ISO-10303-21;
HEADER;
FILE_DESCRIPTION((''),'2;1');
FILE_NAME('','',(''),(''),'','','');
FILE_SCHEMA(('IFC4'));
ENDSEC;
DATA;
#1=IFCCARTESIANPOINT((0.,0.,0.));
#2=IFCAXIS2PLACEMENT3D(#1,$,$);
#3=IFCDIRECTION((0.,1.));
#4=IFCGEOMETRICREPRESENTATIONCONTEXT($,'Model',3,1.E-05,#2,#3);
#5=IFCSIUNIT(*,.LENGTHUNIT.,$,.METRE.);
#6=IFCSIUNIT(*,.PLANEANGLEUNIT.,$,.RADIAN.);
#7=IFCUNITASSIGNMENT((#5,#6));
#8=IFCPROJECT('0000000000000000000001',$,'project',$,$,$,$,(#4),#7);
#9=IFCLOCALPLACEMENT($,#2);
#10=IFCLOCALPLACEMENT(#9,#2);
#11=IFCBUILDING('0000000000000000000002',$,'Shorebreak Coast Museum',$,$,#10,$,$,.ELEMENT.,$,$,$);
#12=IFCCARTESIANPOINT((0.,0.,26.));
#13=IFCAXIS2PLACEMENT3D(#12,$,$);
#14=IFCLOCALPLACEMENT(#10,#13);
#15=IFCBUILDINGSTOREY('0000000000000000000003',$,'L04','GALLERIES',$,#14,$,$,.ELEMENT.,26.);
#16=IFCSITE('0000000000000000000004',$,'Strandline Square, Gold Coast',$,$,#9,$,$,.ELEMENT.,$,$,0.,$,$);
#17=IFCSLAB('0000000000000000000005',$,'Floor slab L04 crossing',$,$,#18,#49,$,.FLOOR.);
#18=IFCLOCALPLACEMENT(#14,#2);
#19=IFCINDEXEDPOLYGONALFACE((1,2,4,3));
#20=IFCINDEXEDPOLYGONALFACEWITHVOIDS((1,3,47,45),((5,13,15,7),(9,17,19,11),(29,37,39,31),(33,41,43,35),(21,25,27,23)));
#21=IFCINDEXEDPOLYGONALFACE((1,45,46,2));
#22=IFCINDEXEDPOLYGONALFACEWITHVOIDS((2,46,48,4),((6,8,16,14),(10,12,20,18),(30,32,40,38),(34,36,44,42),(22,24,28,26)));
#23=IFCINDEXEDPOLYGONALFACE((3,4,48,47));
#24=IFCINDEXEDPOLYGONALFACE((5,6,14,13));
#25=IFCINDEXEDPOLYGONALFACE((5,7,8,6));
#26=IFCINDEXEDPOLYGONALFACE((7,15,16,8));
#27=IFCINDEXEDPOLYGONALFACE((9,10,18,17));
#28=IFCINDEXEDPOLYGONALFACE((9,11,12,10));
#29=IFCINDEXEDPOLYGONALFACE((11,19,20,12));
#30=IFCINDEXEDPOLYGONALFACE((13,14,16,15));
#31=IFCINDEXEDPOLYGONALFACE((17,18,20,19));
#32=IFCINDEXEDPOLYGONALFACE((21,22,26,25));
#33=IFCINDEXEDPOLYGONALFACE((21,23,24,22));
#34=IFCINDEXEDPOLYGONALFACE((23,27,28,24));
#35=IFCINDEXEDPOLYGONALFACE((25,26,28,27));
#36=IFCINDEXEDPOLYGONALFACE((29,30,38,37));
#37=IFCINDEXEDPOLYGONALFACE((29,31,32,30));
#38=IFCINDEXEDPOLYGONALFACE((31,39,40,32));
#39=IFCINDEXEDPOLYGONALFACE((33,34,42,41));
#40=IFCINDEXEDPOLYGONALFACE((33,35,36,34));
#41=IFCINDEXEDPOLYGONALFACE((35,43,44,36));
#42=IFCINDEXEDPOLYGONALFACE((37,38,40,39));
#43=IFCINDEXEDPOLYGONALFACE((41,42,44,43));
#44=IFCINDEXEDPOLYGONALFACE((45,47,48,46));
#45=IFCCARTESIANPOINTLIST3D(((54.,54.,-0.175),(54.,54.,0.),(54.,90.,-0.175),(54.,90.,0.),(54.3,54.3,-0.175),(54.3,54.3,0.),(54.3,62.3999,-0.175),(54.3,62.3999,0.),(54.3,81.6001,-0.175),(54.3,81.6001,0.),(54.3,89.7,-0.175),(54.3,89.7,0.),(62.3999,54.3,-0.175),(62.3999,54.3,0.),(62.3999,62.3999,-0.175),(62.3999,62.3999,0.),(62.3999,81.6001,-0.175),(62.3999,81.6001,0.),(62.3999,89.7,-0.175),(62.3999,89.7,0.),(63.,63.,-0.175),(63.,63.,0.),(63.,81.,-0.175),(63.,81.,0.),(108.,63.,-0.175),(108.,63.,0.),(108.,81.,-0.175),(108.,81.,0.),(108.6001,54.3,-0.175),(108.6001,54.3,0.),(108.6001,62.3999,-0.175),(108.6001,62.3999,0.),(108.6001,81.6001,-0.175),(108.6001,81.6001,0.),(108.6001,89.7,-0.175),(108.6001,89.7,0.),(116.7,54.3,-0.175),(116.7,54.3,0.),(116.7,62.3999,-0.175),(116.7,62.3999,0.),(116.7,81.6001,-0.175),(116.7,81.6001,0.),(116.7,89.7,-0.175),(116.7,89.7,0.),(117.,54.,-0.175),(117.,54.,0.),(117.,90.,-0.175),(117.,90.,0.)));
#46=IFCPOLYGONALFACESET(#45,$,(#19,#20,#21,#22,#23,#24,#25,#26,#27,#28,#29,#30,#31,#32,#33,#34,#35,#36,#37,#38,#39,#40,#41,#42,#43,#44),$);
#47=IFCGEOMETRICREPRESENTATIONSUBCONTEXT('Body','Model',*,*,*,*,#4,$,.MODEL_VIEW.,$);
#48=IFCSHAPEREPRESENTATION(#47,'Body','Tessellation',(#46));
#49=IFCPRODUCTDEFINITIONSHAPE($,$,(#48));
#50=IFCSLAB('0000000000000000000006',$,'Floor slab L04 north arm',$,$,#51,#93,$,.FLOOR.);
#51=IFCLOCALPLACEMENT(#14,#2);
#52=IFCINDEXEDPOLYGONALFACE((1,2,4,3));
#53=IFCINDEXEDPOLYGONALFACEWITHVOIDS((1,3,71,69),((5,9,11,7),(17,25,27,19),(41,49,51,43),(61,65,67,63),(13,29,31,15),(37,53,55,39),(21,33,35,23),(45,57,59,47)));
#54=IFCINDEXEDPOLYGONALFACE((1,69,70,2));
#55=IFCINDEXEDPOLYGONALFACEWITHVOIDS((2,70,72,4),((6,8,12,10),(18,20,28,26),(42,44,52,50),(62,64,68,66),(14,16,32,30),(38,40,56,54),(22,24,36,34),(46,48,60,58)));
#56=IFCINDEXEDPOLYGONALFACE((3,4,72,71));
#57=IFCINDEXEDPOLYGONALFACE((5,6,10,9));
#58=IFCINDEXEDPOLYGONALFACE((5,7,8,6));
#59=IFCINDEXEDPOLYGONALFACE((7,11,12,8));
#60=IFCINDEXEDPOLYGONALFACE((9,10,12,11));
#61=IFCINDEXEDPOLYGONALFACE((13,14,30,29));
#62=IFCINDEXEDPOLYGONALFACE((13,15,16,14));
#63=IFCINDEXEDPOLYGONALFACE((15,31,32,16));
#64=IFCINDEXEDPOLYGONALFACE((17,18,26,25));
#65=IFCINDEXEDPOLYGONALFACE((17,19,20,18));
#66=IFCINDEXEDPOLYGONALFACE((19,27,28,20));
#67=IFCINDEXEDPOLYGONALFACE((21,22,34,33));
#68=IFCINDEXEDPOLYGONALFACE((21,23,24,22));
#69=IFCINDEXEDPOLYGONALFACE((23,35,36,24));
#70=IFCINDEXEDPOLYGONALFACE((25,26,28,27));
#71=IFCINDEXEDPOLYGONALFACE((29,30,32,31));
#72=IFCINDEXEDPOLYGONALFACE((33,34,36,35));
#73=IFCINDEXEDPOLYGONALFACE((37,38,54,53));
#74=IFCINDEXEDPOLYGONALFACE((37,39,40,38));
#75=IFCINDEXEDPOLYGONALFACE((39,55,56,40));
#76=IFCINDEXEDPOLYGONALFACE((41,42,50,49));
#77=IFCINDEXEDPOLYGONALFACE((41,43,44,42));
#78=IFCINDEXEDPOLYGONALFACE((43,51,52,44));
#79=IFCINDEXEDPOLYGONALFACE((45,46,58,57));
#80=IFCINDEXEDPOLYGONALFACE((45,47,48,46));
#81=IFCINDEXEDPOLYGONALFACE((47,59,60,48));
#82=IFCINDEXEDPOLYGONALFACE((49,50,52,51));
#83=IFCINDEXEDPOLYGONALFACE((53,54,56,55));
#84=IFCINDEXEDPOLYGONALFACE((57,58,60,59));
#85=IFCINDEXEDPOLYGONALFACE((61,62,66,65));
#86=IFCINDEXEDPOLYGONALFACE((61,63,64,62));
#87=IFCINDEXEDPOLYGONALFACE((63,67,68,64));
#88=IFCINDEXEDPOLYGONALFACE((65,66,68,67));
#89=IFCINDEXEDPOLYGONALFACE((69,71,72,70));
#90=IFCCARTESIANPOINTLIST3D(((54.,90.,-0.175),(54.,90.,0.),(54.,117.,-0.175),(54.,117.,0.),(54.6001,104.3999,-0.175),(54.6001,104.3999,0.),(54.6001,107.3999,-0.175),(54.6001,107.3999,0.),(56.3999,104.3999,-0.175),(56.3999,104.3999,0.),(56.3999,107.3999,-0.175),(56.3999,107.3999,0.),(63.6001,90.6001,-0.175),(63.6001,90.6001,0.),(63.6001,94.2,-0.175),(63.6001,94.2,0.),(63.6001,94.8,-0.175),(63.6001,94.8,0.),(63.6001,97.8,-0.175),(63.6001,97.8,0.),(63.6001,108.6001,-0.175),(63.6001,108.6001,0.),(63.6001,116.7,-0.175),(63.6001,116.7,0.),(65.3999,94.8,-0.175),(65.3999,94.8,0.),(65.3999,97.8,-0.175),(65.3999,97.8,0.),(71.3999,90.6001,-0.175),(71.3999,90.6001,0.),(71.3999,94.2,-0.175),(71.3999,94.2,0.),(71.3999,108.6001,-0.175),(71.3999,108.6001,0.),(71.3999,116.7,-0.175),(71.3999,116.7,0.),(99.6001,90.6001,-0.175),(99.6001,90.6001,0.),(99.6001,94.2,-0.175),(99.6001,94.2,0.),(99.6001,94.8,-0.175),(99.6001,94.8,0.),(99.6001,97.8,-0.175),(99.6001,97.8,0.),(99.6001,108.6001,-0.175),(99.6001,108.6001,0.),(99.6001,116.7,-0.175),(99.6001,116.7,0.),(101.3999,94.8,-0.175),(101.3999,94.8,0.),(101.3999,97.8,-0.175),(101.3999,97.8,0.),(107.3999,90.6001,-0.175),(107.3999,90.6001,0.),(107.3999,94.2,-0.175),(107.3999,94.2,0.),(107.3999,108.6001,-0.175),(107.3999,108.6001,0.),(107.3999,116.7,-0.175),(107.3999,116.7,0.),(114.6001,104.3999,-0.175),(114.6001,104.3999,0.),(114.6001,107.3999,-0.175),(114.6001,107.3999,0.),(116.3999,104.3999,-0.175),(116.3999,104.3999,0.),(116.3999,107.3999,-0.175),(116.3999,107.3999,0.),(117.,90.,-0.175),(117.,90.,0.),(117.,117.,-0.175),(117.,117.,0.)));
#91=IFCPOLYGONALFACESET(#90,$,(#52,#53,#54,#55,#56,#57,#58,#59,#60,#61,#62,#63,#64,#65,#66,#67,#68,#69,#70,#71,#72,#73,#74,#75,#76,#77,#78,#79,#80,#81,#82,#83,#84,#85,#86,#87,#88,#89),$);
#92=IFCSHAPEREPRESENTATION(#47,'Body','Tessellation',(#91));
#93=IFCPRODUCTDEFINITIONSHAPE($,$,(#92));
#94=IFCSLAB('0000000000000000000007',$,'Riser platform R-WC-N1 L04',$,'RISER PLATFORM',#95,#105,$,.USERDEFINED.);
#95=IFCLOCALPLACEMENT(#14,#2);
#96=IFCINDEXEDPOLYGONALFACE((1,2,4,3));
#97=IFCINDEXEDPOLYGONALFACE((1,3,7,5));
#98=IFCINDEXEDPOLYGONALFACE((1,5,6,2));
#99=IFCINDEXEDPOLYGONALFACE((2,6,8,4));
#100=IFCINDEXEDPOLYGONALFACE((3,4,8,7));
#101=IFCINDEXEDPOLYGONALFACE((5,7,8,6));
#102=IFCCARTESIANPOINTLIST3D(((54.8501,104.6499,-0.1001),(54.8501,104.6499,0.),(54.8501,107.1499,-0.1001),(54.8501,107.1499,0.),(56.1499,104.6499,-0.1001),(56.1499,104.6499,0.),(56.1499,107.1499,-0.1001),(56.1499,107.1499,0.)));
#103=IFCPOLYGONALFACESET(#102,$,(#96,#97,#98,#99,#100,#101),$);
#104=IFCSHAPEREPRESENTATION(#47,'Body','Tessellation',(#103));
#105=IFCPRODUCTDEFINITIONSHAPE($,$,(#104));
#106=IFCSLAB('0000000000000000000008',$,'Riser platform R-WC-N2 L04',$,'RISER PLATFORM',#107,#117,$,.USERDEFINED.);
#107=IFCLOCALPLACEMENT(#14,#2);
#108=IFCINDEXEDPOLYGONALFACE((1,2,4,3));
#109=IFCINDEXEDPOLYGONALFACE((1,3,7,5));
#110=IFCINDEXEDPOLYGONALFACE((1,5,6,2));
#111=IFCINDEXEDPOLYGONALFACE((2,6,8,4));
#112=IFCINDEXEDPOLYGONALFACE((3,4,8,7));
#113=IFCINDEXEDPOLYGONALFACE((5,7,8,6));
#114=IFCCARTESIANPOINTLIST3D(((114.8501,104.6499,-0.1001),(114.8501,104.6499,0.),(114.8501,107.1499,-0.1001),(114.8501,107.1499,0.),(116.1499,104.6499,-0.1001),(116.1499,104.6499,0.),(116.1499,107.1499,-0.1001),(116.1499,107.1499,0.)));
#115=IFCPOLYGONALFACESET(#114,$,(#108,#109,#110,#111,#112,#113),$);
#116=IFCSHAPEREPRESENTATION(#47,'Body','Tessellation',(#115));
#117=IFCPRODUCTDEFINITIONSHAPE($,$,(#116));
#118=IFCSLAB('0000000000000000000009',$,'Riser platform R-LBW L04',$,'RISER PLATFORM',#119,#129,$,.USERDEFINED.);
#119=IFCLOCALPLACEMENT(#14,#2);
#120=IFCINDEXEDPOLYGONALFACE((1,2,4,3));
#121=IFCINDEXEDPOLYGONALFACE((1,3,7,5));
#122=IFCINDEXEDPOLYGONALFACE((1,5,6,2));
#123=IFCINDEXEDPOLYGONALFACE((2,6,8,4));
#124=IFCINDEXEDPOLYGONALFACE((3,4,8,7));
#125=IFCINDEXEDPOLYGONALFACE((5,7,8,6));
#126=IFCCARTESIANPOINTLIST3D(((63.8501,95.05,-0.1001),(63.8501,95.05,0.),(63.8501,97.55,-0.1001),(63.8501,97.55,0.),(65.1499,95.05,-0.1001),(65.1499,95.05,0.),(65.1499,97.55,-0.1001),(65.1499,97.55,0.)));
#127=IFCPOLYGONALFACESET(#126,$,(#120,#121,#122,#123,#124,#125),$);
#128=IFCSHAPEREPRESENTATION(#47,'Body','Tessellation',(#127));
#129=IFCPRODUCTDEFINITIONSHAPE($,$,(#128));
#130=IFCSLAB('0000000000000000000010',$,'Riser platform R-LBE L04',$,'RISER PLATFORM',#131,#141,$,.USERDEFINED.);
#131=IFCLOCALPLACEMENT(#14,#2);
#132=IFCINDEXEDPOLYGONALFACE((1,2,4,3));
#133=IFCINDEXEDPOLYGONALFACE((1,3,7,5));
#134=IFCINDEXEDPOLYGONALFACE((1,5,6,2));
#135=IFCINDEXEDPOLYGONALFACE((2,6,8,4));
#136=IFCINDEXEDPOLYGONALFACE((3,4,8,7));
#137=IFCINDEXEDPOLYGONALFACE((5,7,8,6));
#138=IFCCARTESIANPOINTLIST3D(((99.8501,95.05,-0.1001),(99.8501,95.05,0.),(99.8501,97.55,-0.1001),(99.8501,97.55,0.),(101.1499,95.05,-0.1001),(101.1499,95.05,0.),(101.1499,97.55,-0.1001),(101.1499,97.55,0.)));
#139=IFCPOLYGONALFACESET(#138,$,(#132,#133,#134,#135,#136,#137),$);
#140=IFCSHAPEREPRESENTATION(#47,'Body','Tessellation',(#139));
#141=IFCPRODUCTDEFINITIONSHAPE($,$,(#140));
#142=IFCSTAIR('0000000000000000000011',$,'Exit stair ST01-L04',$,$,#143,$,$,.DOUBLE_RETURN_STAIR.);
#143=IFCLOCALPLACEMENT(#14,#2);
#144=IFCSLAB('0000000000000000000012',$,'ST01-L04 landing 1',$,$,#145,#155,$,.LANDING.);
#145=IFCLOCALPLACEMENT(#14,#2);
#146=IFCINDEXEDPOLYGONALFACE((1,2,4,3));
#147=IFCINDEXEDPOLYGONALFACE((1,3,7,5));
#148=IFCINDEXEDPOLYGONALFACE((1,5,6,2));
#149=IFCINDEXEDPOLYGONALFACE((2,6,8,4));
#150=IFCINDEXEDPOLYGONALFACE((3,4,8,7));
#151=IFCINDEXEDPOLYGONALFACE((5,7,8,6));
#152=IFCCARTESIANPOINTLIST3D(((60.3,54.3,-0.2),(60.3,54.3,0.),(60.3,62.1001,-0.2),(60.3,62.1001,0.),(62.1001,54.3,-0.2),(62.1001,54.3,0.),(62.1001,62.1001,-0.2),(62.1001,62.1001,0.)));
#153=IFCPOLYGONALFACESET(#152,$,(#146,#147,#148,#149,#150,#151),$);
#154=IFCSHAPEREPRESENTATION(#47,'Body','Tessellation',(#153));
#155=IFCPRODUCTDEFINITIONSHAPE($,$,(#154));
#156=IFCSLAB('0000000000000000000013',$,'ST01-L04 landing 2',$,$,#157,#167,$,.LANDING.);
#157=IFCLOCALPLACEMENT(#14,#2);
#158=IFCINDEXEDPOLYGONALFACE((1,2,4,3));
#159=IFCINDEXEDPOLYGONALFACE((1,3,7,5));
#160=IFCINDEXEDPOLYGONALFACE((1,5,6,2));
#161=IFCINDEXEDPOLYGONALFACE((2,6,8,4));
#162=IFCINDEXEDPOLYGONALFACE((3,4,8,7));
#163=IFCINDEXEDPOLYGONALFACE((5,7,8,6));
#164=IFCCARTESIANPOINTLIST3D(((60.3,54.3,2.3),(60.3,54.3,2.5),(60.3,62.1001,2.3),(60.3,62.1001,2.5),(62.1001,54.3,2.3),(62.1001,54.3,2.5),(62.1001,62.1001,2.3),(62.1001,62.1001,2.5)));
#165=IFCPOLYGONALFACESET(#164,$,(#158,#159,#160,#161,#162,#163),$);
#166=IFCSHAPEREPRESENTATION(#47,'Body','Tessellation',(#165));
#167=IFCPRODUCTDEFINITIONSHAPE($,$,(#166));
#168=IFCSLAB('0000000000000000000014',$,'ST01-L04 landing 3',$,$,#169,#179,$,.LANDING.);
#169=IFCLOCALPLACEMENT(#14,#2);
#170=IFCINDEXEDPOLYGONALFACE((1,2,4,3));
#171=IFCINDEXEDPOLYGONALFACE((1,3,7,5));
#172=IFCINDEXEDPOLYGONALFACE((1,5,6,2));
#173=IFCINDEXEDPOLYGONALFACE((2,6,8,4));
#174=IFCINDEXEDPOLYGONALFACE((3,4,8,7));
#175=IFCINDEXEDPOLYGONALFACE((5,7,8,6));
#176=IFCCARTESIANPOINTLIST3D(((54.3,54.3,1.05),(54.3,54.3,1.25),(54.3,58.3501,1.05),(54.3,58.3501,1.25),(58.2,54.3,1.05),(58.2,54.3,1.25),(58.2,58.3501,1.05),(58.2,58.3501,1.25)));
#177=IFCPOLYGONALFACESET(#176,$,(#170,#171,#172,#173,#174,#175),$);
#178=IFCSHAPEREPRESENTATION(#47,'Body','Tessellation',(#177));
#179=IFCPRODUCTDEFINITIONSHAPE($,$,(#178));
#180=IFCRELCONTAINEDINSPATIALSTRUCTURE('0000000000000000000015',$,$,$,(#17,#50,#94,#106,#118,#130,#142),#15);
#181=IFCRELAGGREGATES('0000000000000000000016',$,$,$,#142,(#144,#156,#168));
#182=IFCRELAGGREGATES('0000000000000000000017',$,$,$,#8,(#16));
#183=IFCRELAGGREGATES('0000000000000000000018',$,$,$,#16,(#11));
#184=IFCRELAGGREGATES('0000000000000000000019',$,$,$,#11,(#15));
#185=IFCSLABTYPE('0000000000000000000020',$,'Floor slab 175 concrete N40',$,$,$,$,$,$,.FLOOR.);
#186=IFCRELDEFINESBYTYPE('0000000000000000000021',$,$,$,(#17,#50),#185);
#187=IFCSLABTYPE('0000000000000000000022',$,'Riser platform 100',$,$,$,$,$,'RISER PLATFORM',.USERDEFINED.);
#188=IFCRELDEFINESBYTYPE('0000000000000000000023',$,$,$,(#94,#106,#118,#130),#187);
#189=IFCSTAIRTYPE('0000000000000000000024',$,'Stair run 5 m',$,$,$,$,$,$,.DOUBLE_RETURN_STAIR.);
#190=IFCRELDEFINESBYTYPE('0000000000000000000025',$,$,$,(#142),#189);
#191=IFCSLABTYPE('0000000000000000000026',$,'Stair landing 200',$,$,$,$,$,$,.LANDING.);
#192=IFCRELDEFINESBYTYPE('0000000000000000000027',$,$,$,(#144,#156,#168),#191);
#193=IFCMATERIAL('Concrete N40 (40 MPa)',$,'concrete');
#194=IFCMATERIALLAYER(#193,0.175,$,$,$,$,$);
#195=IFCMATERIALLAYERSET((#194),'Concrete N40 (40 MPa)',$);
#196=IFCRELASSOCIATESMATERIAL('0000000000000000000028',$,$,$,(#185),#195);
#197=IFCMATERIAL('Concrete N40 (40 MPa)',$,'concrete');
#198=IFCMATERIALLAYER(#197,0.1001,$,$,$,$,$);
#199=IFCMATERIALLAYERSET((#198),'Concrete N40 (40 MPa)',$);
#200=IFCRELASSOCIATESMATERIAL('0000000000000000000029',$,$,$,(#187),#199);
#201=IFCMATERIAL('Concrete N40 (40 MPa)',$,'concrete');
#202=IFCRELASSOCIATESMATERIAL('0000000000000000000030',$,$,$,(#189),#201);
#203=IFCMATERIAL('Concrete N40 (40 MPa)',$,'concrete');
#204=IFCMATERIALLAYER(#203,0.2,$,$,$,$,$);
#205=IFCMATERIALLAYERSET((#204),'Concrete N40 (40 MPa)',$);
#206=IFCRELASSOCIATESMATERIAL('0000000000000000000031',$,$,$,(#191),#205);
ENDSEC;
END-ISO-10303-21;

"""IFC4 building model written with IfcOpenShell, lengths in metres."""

from ifc_helpers import new_model, si_unit, direction, frame, origin, place, context, subcontext, project, spatial, polyline, outline, extrude, material, layer, layer_set, type_object, element, aggregate, save


model = new_model("IFC4")

# Units and contexts
model_context = context("Model", 3, precision=1e-05, world=origin(), true_north=direction((0.0, 1.0)))
body_context = subcontext(model_context, "Body", "Model", "MODEL_VIEW")
ifc_project = project(units=[si_unit("LENGTHUNIT", "METRE"), si_unit("PLANEANGLEUNIT", "RADIAN")], contexts=[model_context])

# Site, building, storey
site_placement = place(None, origin())
site = spatial("IfcSite", under=ifc_project, at=site_placement, Name="Strandline Square, Gold Coast", CompositionType="ELEMENT", RefElevation=0.0)
building_placement = place(site_placement, origin())
building = spatial("IfcBuilding", under=site, at=building_placement, Name="Shorebreak Coast Museum", CompositionType="ELEMENT")
storey_placement = place(building_placement, frame((0.0, 0.0, 26.0)))
storey = spatial("IfcBuildingStorey", under=building, at=storey_placement, Name="L04", Description="GALLERIES", CompositionType="ELEMENT", Elevation=26.0)

# Slabs
ifc_material_1 = material(Name="Concrete N40 (40 MPa)", Category="concrete")
ifc_layer_1 = layer(ifc_material_1, 0.175)
ifc_layer_set_1 = layer_set([ifc_layer_1], Name="Concrete N40 (40 MPa)")
slab_type_1 = type_object("IfcSlabType", Name="Floor slab 175 concrete N40", PredefinedType="FLOOR", material=ifc_layer_set_1)
slab_1_placement = place(storey_placement, frame((0.0, 0.0, -0.175)))
element("IfcSlab", 1, at=slab_1_placement, inside=storey, type_object=slab_type_1, Name="Floor slab L04 crossing", PredefinedType="FLOOR", context=body_context, shape_type="SweptSolid", body=[
    extrude(outline(polyline([(54.0, 54.0), (117.0, 54.0), (117.0, 90.0), (54.0, 90.0), (54.0, 54.0)]), holes=[polyline([(108.0, 81.0), (108.0, 63.0), (63.0, 63.0), (63.0, 81.0), (108.0, 81.0)]), polyline([(62.3999, 54.3), (54.3, 54.3), (54.3, 62.3999), (62.3999, 62.3999), (62.3999, 54.3)]), polyline([(108.6001, 54.3), (108.6001, 62.3999), (116.7, 62.3999), (116.7, 54.3), (108.6001, 54.3)]), polyline([(54.3, 89.7), (62.3999, 89.7), (62.3999, 81.6001), (54.3, 81.6001), (54.3, 89.7)]), polyline([(116.7, 89.7), (116.7, 81.6001), (108.6001, 81.6001), (108.6001, 89.7), (116.7, 89.7)])]), origin(), (0.0, 0.0, 1.0), 0.175),
])
slab_2_placement = place(storey_placement, frame((0.0, 0.0, -0.175)))
element("IfcSlab", 2, at=slab_2_placement, inside=storey, type_object=slab_type_1, Name="Floor slab L04 north arm", PredefinedType="FLOOR", context=body_context, shape_type="SweptSolid", body=[
    extrude(outline(polyline([(117.0, 90.0), (117.0, 117.0), (54.0, 117.0), (54.0, 90.0), (117.0, 90.0)]), holes=[polyline([(107.3999, 90.6001), (99.6001, 90.6001), (99.6001, 94.2), (107.3999, 94.2), (107.3999, 90.6001)]), polyline([(63.6001, 90.6001), (63.6001, 94.2), (71.3999, 94.2), (71.3999, 90.6001), (63.6001, 90.6001)]), polyline([(99.6001, 97.8), (101.3999, 97.8), (101.3999, 94.8), (99.6001, 94.8), (99.6001, 97.8)]), polyline([(65.3999, 97.8), (65.3999, 94.8), (63.6001, 94.8), (63.6001, 97.8), (65.3999, 97.8)]), polyline([(56.3999, 104.3999), (54.6001, 104.3999), (54.6001, 107.3999), (56.3999, 107.3999), (56.3999, 104.3999)]), polyline([(114.6001, 104.3999), (114.6001, 107.3999), (116.3999, 107.3999), (116.3999, 104.3999), (114.6001, 104.3999)]), polyline([(63.6001, 116.7), (71.3999, 116.7), (71.3999, 108.6001), (63.6001, 108.6001), (63.6001, 116.7)]), polyline([(107.3999, 116.7), (107.3999, 108.6001), (99.6001, 108.6001), (99.6001, 116.7), (107.3999, 116.7)])]), origin(), (0.0, 0.0, 1.0), 0.175),
])
ifc_material_2 = material(Name="Concrete N40 (40 MPa)", Category="concrete")
ifc_layer_2 = layer(ifc_material_2, 0.1001)
ifc_layer_set_2 = layer_set([ifc_layer_2], Name="Concrete N40 (40 MPa)")
slab_type_2 = type_object("IfcSlabType", Name="Riser platform 100", ElementType="RISER PLATFORM", PredefinedType="USERDEFINED", material=ifc_layer_set_2)
slab_3_placement = place(storey_placement, frame((0.0, 0.0, -0.1001)))
element("IfcSlab", 3, at=slab_3_placement, inside=storey, type_object=slab_type_2, Name="Riser platform R-WC-N1 L04", ObjectType="RISER PLATFORM", PredefinedType="USERDEFINED", context=body_context, shape_type="SweptSolid", body=[
    extrude(outline(polyline([(54.8501, 104.6499), (56.1499, 104.6499), (56.1499, 107.1499), (54.8501, 107.1499), (54.8501, 104.6499)])), origin(), (0.0, 0.0, 1.0), 0.1001),
])
slab_4_placement = place(storey_placement, frame((0.0, 0.0, -0.1001)))
element("IfcSlab", 4, at=slab_4_placement, inside=storey, type_object=slab_type_2, Name="Riser platform R-WC-N2 L04", ObjectType="RISER PLATFORM", PredefinedType="USERDEFINED", context=body_context, shape_type="SweptSolid", body=[
    extrude(outline(polyline([(114.8501, 104.6499), (116.1499, 104.6499), (116.1499, 107.1499), (114.8501, 107.1499), (114.8501, 104.6499)])), origin(), (0.0, 0.0, 1.0), 0.1001),
])
slab_5_placement = place(storey_placement, frame((0.0, 0.0, -0.1001)))
element("IfcSlab", 5, at=slab_5_placement, inside=storey, type_object=slab_type_2, Name="Riser platform R-LBW L04", ObjectType="RISER PLATFORM", PredefinedType="USERDEFINED", context=body_context, shape_type="SweptSolid", body=[
    extrude(outline(polyline([(63.8501, 95.05), (65.1499, 95.05), (65.1499, 97.55), (63.8501, 97.55), (63.8501, 95.05)])), origin(), (0.0, 0.0, 1.0), 0.1001),
])
slab_6_placement = place(storey_placement, frame((0.0, 0.0, -0.1001)))
element("IfcSlab", 6, at=slab_6_placement, inside=storey, type_object=slab_type_2, Name="Riser platform R-LBE L04", ObjectType="RISER PLATFORM", PredefinedType="USERDEFINED", context=body_context, shape_type="SweptSolid", body=[
    extrude(outline(polyline([(99.8501, 95.05), (101.1499, 95.05), (101.1499, 97.55), (99.8501, 97.55), (99.8501, 95.05)])), origin(), (0.0, 0.0, 1.0), 0.1001),
])

# Stair, slabs
ifc_material_3 = material(Name="Concrete N40 (40 MPa)", Category="concrete")
stair_type = type_object("IfcStairType", Name="Stair run 5 m", PredefinedType="DOUBLE_RETURN_STAIR", material=ifc_material_3)
stair_1_placement = place(storey_placement, origin())
stair_1 = element("IfcStair", 7, at=stair_1_placement, inside=storey, type_object=stair_type, Name="Exit stair ST01-L04", PredefinedType="DOUBLE_RETURN_STAIR")
ifc_material_4 = material(Name="Concrete N40 (40 MPa)", Category="concrete")
ifc_layer_3 = layer(ifc_material_4, 0.2)
ifc_layer_set_3 = layer_set([ifc_layer_3], Name="Concrete N40 (40 MPa)")
slab_type_3 = type_object("IfcSlabType", Name="Stair landing 200", PredefinedType="LANDING", material=ifc_layer_set_3)
slab_7_placement = place(storey_placement, frame((0.0, 0.0, -0.2)))
slab_7 = element("IfcSlab", 8, at=slab_7_placement, type_object=slab_type_3, Name="ST01-L04 landing 1", PredefinedType="LANDING", context=body_context, shape_type="SweptSolid", body=[
    extrude(outline(polyline([(60.3, 54.3), (62.1001, 54.3), (62.1001, 62.1001), (60.3, 62.1001), (60.3, 54.3)])), origin(), (0.0, 0.0, 1.0), 0.2),
])
slab_8_placement = place(storey_placement, frame((0.0, 0.0, 2.3)))
slab_8 = element("IfcSlab", 9, at=slab_8_placement, type_object=slab_type_3, Name="ST01-L04 landing 2", PredefinedType="LANDING", context=body_context, shape_type="SweptSolid", body=[
    extrude(outline(polyline([(60.3, 54.3), (62.1001, 54.3), (62.1001, 62.1001), (60.3, 62.1001), (60.3, 54.3)])), origin(), (0.0, 0.0, 1.0), 0.2),
])
slab_9_placement = place(storey_placement, frame((0.0, 0.0, 1.05)))
slab_9 = element("IfcSlab", 10, at=slab_9_placement, type_object=slab_type_3, Name="ST01-L04 landing 3", PredefinedType="LANDING", context=body_context, shape_type="SweptSolid", body=[
    extrude(outline(polyline([(54.3, 54.3), (58.2, 54.3), (58.2, 58.3501), (54.3, 58.3501), (54.3, 54.3)])), origin(), (0.0, 0.0, 1.0), 0.2),
])
aggregate(stair_1, [slab_7, slab_8, slab_9])

save(model, "model.ifc")
